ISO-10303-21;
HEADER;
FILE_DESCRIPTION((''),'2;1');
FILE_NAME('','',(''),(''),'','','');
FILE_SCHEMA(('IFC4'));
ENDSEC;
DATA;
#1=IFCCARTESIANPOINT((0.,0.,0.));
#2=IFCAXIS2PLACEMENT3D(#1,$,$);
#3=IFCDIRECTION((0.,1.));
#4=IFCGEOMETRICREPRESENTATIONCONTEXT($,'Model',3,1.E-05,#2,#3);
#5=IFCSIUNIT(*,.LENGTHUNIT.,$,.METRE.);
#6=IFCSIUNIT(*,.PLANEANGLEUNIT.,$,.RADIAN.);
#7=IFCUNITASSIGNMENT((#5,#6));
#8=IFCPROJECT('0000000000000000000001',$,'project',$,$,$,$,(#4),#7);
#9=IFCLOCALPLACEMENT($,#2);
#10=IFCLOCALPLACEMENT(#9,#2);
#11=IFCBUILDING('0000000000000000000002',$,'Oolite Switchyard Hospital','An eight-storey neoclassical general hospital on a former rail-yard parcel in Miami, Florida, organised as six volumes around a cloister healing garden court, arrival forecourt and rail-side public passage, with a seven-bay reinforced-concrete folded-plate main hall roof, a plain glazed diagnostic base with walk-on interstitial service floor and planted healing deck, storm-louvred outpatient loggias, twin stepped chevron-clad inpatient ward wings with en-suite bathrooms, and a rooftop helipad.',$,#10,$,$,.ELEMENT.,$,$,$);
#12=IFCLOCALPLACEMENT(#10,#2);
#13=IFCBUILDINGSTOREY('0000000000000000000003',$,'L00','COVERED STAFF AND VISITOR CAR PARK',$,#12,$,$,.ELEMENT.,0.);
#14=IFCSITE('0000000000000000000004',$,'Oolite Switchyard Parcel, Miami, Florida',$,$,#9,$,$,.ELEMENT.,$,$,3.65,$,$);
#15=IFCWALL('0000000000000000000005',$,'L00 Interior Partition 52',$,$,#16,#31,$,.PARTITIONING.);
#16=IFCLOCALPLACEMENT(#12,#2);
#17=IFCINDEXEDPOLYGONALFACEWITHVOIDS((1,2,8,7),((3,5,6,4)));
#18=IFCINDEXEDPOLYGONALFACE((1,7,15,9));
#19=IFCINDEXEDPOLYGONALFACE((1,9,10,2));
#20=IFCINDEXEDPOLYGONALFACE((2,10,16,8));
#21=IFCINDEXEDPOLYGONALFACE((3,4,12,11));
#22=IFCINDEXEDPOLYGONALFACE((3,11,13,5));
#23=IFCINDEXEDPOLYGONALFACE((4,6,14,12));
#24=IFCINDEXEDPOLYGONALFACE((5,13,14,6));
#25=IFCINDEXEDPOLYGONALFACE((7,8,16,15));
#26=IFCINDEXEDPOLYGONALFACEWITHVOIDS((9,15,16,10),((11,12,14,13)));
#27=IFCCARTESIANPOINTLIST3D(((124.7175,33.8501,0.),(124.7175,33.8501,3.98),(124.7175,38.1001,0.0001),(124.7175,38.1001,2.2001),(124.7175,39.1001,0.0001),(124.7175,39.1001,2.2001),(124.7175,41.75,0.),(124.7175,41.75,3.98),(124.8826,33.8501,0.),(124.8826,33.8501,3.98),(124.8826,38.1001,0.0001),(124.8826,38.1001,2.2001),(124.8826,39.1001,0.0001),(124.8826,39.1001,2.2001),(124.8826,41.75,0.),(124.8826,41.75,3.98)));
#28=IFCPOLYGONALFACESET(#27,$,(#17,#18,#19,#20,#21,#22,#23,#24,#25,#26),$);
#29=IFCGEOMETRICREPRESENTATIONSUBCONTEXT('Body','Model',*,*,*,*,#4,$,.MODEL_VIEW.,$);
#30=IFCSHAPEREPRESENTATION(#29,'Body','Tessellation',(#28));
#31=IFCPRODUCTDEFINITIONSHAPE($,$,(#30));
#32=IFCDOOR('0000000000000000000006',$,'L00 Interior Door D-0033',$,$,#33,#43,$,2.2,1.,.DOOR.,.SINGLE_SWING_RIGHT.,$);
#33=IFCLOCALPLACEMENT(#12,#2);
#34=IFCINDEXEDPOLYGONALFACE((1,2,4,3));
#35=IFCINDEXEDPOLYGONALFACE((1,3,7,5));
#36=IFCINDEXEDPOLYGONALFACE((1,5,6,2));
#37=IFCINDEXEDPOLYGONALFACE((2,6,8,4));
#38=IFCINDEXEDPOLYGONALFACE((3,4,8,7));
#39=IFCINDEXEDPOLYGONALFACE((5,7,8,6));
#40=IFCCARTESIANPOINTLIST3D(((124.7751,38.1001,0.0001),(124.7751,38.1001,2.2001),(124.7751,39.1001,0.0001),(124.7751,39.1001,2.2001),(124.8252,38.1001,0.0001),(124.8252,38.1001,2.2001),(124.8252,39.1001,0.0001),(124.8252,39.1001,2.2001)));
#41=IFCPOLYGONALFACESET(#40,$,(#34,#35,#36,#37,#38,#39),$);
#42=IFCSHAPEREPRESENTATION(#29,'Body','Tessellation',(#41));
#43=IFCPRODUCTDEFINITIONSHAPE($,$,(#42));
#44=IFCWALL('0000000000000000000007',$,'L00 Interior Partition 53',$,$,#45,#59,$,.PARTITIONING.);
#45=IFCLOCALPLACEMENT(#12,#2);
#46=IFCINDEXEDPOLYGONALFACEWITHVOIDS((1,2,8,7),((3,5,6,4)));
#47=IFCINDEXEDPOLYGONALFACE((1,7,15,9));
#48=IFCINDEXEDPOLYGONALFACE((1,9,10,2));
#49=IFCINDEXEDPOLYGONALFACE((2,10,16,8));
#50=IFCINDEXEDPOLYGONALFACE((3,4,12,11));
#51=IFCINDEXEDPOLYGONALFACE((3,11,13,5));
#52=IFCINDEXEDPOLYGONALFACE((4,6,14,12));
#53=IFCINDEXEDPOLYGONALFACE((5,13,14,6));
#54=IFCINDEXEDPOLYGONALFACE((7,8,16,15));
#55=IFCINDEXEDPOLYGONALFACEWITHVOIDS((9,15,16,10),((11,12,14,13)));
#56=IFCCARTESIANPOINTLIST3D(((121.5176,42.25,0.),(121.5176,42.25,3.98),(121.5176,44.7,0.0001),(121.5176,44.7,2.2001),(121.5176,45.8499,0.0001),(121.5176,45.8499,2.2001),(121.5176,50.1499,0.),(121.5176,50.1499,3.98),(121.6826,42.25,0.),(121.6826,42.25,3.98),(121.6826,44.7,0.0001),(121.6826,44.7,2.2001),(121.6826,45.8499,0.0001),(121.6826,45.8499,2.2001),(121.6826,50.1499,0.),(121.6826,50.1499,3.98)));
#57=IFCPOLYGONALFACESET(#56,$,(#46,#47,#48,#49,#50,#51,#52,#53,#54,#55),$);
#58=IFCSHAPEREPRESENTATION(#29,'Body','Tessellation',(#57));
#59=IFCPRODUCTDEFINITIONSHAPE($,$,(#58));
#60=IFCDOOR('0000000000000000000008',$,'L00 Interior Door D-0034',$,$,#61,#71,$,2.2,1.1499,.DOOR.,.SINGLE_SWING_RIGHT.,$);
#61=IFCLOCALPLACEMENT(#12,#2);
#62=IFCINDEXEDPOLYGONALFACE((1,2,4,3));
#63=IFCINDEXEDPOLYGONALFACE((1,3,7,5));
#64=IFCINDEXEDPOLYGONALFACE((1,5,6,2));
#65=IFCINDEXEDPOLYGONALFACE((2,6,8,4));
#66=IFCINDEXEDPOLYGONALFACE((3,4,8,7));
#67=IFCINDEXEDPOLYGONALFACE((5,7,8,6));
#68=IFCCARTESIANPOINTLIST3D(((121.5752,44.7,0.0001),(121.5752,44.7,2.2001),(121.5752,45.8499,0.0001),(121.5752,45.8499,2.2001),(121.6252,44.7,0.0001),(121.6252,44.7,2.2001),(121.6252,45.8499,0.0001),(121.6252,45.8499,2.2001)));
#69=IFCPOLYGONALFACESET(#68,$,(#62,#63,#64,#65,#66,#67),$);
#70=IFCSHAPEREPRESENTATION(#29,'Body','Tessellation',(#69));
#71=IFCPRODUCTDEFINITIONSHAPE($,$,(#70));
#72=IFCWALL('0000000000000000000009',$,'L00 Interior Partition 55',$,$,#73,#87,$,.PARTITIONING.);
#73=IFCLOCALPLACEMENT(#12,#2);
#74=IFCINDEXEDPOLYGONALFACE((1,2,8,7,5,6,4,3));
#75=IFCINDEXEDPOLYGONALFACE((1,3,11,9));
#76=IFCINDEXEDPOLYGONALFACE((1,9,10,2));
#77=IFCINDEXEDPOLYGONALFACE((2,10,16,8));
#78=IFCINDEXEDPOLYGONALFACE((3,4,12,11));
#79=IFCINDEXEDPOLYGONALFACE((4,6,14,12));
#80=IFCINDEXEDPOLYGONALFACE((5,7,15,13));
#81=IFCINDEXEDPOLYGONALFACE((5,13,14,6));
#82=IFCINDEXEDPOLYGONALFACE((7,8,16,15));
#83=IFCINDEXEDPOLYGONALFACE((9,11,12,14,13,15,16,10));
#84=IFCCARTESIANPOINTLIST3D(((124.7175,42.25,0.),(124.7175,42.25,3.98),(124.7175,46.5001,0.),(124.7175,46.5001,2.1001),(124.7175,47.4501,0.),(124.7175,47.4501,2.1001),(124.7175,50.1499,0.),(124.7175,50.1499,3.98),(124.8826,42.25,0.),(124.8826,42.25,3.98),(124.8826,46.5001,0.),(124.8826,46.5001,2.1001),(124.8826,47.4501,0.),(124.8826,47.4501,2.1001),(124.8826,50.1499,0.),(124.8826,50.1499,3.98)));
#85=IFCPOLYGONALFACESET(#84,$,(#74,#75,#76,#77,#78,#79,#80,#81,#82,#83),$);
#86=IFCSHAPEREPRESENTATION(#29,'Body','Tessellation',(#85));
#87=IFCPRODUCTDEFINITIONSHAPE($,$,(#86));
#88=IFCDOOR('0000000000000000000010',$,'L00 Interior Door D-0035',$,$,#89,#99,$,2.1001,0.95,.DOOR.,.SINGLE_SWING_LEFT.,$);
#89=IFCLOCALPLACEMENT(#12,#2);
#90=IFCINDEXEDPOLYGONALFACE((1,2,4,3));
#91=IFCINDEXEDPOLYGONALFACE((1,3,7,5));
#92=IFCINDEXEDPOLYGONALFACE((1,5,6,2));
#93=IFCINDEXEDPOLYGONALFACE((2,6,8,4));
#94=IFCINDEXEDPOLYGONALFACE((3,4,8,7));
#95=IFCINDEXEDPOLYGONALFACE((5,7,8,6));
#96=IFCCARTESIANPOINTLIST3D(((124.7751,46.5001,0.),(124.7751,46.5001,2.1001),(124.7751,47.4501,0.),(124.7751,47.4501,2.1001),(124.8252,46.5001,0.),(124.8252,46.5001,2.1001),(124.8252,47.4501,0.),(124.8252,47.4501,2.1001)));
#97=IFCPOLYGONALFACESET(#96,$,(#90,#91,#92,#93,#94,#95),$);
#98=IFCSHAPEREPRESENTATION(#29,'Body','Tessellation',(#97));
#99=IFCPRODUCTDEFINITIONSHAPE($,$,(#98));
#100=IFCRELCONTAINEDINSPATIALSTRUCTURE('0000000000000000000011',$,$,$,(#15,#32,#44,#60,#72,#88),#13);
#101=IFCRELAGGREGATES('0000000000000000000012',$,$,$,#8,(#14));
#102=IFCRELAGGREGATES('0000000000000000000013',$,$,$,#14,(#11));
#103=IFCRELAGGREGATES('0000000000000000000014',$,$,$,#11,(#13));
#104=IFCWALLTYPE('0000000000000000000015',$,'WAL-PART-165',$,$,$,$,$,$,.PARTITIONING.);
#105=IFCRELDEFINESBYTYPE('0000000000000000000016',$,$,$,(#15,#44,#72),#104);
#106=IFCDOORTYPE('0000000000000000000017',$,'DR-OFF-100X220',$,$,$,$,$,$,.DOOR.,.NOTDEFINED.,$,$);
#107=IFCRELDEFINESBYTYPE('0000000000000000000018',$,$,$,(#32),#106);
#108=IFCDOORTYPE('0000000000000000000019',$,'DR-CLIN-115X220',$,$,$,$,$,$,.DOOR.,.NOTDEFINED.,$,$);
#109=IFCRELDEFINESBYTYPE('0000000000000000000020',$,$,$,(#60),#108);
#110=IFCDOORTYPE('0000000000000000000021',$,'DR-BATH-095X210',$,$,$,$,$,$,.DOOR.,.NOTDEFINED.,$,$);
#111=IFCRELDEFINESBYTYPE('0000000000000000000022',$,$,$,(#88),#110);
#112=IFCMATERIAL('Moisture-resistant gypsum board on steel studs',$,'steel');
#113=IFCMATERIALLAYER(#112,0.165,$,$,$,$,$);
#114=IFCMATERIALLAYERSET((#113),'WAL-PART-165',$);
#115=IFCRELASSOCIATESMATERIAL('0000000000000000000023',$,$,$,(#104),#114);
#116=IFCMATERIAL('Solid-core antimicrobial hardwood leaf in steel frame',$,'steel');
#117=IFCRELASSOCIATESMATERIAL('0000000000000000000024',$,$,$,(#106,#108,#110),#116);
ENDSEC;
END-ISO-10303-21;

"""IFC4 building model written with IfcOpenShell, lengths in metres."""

from ifc_helpers import new_model, si_unit, direction, frame, frame_2d, origin, place, context, subcontext, project, spatial, rectangle, extrude, material, layer, layer_set, type_object, element, fill, save


model = new_model("IFC4")

# Units and contexts
model_context = context("Model", 3, precision=1e-05, world=origin(), true_north=direction((0.0, 1.0)))
body_context = subcontext(model_context, "Body", "Model", "MODEL_VIEW")
ifc_project = project(units=[si_unit("LENGTHUNIT", "METRE"), si_unit("PLANEANGLEUNIT", "RADIAN")], contexts=[model_context])

# Site, building, storey
site_placement = place(None, origin())
site = spatial("IfcSite", under=ifc_project, at=site_placement, Name="Oolite Switchyard Parcel, Miami, Florida", CompositionType="ELEMENT", RefElevation=3.65)
building_placement = place(site_placement, origin())
building = spatial("IfcBuilding", under=site, at=building_placement, Name="Oolite Switchyard Hospital", Description="An eight-storey neoclassical general hospital on a former rail-yard parcel in Miami, Florida, organised as six volumes around a cloister healing garden court, arrival forecourt and rail-side public passage, with a seven-bay reinforced-concrete folded-plate main hall roof, a plain glazed diagnostic base with walk-on interstitial service floor and planted healing deck, storm-louvred outpatient loggias, twin stepped chevron-clad inpatient ward wings with en-suite bathrooms, and a rooftop helipad.", CompositionType="ELEMENT")
storey_placement = place(building_placement, origin())
storey = spatial("IfcBuildingStorey", under=building, at=storey_placement, Name="L00", Description="COVERED STAFF AND VISITOR CAR PARK", CompositionType="ELEMENT", Elevation=0.0)

# Shared definitions
ifc_material_1 = material(Name="Moisture-resistant gypsum board on steel studs", Category="steel")

# Walls, openings, doors
ifc_layer_1 = layer(ifc_material_1, 0.165)
ifc_layer_set_1 = layer_set([ifc_layer_1], Name="WAL-PART-165")
wall_type_1 = type_object("IfcWallType", Name="WAL-PART-165", PredefinedType="PARTITIONING", material=ifc_layer_set_1)
wall_1_placement = place(storey_placement, frame((124.8, 33.8501, 0.0), z_axis=(0.0, 0.0, 1.0), x_axis=(0.0, 1.0, 0.0)))
wall_1 = element("IfcWall", 1, at=wall_1_placement, inside=storey, type_object=wall_type_1, Name="L00 Interior Partition 52", PredefinedType="PARTITIONING", context=body_context, shape_type="SweptSolid", body=[
    extrude(rectangle(XDim=7.8999, YDim=0.165, at=frame_2d((3.95, 0.0))), origin(), (0.0, 0.0, 1.0), 3.98),
])
opening_1_placement = place(wall_1_placement, frame((4.25, 0.0, 0.0)))
opening_1 = element("IfcOpeningElement", 2, at=opening_1_placement, cuts=wall_1, PredefinedType="OPENING", context=body_context, shape_type="SweptSolid", body=[
    extrude(rectangle(XDim=1.0, YDim=2.2, at=frame_2d((0.5, 1.1001))), frame((0.0, 0.0925, 0.0), z_axis=(0.0, -1.0, 0.0), x_axis=(1.0, 0.0, 0.0)), (0.0, 0.0, 1.0), 0.1851),
])
ifc_material_2 = material(Name="Solid-core antimicrobial hardwood leaf in steel frame", Category="steel")
door_type_1 = type_object("IfcDoorType", Name="DR-OFF-100X220", OperationType="NOTDEFINED", PredefinedType="DOOR", material=ifc_material_2)
door_1_placement = place(opening_1_placement, origin())
door_1 = element("IfcDoor", 3, at=door_1_placement, inside=storey, type_object=door_type_1, Name="L00 Interior Door D-0033", OperationType="SINGLE_SWING_RIGHT", OverallHeight=2.2, OverallWidth=1.0, PredefinedType="DOOR", context=body_context, shape_type="SweptSolid", body=[
    extrude(rectangle(XDim=1.0, YDim=2.2, at=frame_2d((0.5, 1.1001))), frame((0.0, 0.0249, 0.0), z_axis=(0.0, -1.0, 0.0), x_axis=(1.0, 0.0, 0.0)), (0.0, 0.0, 1.0), 0.05),
])
fill(opening_1, door_1)
wall_2_placement = place(storey_placement, frame((121.6001, 42.25, 0.0), z_axis=(0.0, 0.0, 1.0), x_axis=(0.0, 1.0, 0.0)))
wall_2 = element("IfcWall", 4, at=wall_2_placement, inside=storey, type_object=wall_type_1, Name="L00 Interior Partition 53", PredefinedType="PARTITIONING", context=body_context, shape_type="SweptSolid", body=[
    extrude(rectangle(XDim=7.8999, YDim=0.165, at=frame_2d((3.95, 0.0))), origin(), (0.0, 0.0, 1.0), 3.98),
])
opening_2_placement = place(wall_2_placement, frame((2.45, 0.0, 0.0)))
opening_2 = element("IfcOpeningElement", 5, at=opening_2_placement, cuts=wall_2, PredefinedType="OPENING", context=body_context, shape_type="SweptSolid", body=[
    extrude(rectangle(XDim=1.1499, YDim=2.2, at=frame_2d((0.575, 1.1001))), frame((0.0, 0.0925, 0.0), z_axis=(0.0, -1.0, 0.0), x_axis=(1.0, 0.0, 0.0)), (0.0, 0.0, 1.0), 0.1851),
])
door_type_2 = type_object("IfcDoorType", Name="DR-CLIN-115X220", OperationType="NOTDEFINED", PredefinedType="DOOR", material=ifc_material_2)
door_2_placement = place(opening_2_placement, origin())
door_2 = element("IfcDoor", 6, at=door_2_placement, inside=storey, type_object=door_type_2, Name="L00 Interior Door D-0034", OperationType="SINGLE_SWING_RIGHT", OverallHeight=2.2, OverallWidth=1.1499, PredefinedType="DOOR", context=body_context, shape_type="SweptSolid", body=[
    extrude(rectangle(XDim=1.1499, YDim=2.2, at=frame_2d((0.575, 1.1001))), frame((0.0, 0.0249, 0.0), z_axis=(0.0, -1.0, 0.0), x_axis=(1.0, 0.0, 0.0)), (0.0, 0.0, 1.0), 0.05),
])
fill(opening_2, door_2)
wall_3_placement = place(storey_placement, frame((124.8, 42.25, 0.0), z_axis=(0.0, 0.0, 1.0), x_axis=(0.0, 1.0, 0.0)))
wall_3 = element("IfcWall", 7, at=wall_3_placement, inside=storey, type_object=wall_type_1, Name="L00 Interior Partition 55", PredefinedType="PARTITIONING", context=body_context, shape_type="SweptSolid", body=[
    extrude(rectangle(XDim=7.8999, YDim=0.165, at=frame_2d((3.95, 0.0))), origin(), (0.0, 0.0, 1.0), 3.98),
])
opening_3_placement = place(wall_3_placement, frame((4.25, 0.0, 0.0)))
opening_3 = element("IfcOpeningElement", 8, at=opening_3_placement, cuts=wall_3, PredefinedType="OPENING", context=body_context, shape_type="SweptSolid", body=[
    extrude(rectangle(XDim=0.95, YDim=2.1001, at=frame_2d((0.4751, 1.05))), frame((0.0, 0.0925, 0.0), z_axis=(0.0, -1.0, 0.0), x_axis=(1.0, 0.0, 0.0)), (0.0, 0.0, 1.0), 0.1851),
])
door_type_3 = type_object("IfcDoorType", Name="DR-BATH-095X210", OperationType="NOTDEFINED", PredefinedType="DOOR", material=ifc_material_2)
door_3_placement = place(opening_3_placement, origin())
door_3 = element("IfcDoor", 9, at=door_3_placement, inside=storey, type_object=door_type_3, Name="L00 Interior Door D-0035", OperationType="SINGLE_SWING_LEFT", OverallHeight=2.1001, OverallWidth=0.95, PredefinedType="DOOR", context=body_context, shape_type="SweptSolid", body=[
    extrude(rectangle(XDim=0.95, YDim=2.1001, at=frame_2d((0.4751, 1.05))), frame((0.0, 0.0249, 0.0), z_axis=(0.0, -1.0, 0.0), x_axis=(1.0, 0.0, 0.0)), (0.0, 0.0, 1.0), 0.05),
])
fill(opening_3, door_3)

save(model, "model.ifc")
